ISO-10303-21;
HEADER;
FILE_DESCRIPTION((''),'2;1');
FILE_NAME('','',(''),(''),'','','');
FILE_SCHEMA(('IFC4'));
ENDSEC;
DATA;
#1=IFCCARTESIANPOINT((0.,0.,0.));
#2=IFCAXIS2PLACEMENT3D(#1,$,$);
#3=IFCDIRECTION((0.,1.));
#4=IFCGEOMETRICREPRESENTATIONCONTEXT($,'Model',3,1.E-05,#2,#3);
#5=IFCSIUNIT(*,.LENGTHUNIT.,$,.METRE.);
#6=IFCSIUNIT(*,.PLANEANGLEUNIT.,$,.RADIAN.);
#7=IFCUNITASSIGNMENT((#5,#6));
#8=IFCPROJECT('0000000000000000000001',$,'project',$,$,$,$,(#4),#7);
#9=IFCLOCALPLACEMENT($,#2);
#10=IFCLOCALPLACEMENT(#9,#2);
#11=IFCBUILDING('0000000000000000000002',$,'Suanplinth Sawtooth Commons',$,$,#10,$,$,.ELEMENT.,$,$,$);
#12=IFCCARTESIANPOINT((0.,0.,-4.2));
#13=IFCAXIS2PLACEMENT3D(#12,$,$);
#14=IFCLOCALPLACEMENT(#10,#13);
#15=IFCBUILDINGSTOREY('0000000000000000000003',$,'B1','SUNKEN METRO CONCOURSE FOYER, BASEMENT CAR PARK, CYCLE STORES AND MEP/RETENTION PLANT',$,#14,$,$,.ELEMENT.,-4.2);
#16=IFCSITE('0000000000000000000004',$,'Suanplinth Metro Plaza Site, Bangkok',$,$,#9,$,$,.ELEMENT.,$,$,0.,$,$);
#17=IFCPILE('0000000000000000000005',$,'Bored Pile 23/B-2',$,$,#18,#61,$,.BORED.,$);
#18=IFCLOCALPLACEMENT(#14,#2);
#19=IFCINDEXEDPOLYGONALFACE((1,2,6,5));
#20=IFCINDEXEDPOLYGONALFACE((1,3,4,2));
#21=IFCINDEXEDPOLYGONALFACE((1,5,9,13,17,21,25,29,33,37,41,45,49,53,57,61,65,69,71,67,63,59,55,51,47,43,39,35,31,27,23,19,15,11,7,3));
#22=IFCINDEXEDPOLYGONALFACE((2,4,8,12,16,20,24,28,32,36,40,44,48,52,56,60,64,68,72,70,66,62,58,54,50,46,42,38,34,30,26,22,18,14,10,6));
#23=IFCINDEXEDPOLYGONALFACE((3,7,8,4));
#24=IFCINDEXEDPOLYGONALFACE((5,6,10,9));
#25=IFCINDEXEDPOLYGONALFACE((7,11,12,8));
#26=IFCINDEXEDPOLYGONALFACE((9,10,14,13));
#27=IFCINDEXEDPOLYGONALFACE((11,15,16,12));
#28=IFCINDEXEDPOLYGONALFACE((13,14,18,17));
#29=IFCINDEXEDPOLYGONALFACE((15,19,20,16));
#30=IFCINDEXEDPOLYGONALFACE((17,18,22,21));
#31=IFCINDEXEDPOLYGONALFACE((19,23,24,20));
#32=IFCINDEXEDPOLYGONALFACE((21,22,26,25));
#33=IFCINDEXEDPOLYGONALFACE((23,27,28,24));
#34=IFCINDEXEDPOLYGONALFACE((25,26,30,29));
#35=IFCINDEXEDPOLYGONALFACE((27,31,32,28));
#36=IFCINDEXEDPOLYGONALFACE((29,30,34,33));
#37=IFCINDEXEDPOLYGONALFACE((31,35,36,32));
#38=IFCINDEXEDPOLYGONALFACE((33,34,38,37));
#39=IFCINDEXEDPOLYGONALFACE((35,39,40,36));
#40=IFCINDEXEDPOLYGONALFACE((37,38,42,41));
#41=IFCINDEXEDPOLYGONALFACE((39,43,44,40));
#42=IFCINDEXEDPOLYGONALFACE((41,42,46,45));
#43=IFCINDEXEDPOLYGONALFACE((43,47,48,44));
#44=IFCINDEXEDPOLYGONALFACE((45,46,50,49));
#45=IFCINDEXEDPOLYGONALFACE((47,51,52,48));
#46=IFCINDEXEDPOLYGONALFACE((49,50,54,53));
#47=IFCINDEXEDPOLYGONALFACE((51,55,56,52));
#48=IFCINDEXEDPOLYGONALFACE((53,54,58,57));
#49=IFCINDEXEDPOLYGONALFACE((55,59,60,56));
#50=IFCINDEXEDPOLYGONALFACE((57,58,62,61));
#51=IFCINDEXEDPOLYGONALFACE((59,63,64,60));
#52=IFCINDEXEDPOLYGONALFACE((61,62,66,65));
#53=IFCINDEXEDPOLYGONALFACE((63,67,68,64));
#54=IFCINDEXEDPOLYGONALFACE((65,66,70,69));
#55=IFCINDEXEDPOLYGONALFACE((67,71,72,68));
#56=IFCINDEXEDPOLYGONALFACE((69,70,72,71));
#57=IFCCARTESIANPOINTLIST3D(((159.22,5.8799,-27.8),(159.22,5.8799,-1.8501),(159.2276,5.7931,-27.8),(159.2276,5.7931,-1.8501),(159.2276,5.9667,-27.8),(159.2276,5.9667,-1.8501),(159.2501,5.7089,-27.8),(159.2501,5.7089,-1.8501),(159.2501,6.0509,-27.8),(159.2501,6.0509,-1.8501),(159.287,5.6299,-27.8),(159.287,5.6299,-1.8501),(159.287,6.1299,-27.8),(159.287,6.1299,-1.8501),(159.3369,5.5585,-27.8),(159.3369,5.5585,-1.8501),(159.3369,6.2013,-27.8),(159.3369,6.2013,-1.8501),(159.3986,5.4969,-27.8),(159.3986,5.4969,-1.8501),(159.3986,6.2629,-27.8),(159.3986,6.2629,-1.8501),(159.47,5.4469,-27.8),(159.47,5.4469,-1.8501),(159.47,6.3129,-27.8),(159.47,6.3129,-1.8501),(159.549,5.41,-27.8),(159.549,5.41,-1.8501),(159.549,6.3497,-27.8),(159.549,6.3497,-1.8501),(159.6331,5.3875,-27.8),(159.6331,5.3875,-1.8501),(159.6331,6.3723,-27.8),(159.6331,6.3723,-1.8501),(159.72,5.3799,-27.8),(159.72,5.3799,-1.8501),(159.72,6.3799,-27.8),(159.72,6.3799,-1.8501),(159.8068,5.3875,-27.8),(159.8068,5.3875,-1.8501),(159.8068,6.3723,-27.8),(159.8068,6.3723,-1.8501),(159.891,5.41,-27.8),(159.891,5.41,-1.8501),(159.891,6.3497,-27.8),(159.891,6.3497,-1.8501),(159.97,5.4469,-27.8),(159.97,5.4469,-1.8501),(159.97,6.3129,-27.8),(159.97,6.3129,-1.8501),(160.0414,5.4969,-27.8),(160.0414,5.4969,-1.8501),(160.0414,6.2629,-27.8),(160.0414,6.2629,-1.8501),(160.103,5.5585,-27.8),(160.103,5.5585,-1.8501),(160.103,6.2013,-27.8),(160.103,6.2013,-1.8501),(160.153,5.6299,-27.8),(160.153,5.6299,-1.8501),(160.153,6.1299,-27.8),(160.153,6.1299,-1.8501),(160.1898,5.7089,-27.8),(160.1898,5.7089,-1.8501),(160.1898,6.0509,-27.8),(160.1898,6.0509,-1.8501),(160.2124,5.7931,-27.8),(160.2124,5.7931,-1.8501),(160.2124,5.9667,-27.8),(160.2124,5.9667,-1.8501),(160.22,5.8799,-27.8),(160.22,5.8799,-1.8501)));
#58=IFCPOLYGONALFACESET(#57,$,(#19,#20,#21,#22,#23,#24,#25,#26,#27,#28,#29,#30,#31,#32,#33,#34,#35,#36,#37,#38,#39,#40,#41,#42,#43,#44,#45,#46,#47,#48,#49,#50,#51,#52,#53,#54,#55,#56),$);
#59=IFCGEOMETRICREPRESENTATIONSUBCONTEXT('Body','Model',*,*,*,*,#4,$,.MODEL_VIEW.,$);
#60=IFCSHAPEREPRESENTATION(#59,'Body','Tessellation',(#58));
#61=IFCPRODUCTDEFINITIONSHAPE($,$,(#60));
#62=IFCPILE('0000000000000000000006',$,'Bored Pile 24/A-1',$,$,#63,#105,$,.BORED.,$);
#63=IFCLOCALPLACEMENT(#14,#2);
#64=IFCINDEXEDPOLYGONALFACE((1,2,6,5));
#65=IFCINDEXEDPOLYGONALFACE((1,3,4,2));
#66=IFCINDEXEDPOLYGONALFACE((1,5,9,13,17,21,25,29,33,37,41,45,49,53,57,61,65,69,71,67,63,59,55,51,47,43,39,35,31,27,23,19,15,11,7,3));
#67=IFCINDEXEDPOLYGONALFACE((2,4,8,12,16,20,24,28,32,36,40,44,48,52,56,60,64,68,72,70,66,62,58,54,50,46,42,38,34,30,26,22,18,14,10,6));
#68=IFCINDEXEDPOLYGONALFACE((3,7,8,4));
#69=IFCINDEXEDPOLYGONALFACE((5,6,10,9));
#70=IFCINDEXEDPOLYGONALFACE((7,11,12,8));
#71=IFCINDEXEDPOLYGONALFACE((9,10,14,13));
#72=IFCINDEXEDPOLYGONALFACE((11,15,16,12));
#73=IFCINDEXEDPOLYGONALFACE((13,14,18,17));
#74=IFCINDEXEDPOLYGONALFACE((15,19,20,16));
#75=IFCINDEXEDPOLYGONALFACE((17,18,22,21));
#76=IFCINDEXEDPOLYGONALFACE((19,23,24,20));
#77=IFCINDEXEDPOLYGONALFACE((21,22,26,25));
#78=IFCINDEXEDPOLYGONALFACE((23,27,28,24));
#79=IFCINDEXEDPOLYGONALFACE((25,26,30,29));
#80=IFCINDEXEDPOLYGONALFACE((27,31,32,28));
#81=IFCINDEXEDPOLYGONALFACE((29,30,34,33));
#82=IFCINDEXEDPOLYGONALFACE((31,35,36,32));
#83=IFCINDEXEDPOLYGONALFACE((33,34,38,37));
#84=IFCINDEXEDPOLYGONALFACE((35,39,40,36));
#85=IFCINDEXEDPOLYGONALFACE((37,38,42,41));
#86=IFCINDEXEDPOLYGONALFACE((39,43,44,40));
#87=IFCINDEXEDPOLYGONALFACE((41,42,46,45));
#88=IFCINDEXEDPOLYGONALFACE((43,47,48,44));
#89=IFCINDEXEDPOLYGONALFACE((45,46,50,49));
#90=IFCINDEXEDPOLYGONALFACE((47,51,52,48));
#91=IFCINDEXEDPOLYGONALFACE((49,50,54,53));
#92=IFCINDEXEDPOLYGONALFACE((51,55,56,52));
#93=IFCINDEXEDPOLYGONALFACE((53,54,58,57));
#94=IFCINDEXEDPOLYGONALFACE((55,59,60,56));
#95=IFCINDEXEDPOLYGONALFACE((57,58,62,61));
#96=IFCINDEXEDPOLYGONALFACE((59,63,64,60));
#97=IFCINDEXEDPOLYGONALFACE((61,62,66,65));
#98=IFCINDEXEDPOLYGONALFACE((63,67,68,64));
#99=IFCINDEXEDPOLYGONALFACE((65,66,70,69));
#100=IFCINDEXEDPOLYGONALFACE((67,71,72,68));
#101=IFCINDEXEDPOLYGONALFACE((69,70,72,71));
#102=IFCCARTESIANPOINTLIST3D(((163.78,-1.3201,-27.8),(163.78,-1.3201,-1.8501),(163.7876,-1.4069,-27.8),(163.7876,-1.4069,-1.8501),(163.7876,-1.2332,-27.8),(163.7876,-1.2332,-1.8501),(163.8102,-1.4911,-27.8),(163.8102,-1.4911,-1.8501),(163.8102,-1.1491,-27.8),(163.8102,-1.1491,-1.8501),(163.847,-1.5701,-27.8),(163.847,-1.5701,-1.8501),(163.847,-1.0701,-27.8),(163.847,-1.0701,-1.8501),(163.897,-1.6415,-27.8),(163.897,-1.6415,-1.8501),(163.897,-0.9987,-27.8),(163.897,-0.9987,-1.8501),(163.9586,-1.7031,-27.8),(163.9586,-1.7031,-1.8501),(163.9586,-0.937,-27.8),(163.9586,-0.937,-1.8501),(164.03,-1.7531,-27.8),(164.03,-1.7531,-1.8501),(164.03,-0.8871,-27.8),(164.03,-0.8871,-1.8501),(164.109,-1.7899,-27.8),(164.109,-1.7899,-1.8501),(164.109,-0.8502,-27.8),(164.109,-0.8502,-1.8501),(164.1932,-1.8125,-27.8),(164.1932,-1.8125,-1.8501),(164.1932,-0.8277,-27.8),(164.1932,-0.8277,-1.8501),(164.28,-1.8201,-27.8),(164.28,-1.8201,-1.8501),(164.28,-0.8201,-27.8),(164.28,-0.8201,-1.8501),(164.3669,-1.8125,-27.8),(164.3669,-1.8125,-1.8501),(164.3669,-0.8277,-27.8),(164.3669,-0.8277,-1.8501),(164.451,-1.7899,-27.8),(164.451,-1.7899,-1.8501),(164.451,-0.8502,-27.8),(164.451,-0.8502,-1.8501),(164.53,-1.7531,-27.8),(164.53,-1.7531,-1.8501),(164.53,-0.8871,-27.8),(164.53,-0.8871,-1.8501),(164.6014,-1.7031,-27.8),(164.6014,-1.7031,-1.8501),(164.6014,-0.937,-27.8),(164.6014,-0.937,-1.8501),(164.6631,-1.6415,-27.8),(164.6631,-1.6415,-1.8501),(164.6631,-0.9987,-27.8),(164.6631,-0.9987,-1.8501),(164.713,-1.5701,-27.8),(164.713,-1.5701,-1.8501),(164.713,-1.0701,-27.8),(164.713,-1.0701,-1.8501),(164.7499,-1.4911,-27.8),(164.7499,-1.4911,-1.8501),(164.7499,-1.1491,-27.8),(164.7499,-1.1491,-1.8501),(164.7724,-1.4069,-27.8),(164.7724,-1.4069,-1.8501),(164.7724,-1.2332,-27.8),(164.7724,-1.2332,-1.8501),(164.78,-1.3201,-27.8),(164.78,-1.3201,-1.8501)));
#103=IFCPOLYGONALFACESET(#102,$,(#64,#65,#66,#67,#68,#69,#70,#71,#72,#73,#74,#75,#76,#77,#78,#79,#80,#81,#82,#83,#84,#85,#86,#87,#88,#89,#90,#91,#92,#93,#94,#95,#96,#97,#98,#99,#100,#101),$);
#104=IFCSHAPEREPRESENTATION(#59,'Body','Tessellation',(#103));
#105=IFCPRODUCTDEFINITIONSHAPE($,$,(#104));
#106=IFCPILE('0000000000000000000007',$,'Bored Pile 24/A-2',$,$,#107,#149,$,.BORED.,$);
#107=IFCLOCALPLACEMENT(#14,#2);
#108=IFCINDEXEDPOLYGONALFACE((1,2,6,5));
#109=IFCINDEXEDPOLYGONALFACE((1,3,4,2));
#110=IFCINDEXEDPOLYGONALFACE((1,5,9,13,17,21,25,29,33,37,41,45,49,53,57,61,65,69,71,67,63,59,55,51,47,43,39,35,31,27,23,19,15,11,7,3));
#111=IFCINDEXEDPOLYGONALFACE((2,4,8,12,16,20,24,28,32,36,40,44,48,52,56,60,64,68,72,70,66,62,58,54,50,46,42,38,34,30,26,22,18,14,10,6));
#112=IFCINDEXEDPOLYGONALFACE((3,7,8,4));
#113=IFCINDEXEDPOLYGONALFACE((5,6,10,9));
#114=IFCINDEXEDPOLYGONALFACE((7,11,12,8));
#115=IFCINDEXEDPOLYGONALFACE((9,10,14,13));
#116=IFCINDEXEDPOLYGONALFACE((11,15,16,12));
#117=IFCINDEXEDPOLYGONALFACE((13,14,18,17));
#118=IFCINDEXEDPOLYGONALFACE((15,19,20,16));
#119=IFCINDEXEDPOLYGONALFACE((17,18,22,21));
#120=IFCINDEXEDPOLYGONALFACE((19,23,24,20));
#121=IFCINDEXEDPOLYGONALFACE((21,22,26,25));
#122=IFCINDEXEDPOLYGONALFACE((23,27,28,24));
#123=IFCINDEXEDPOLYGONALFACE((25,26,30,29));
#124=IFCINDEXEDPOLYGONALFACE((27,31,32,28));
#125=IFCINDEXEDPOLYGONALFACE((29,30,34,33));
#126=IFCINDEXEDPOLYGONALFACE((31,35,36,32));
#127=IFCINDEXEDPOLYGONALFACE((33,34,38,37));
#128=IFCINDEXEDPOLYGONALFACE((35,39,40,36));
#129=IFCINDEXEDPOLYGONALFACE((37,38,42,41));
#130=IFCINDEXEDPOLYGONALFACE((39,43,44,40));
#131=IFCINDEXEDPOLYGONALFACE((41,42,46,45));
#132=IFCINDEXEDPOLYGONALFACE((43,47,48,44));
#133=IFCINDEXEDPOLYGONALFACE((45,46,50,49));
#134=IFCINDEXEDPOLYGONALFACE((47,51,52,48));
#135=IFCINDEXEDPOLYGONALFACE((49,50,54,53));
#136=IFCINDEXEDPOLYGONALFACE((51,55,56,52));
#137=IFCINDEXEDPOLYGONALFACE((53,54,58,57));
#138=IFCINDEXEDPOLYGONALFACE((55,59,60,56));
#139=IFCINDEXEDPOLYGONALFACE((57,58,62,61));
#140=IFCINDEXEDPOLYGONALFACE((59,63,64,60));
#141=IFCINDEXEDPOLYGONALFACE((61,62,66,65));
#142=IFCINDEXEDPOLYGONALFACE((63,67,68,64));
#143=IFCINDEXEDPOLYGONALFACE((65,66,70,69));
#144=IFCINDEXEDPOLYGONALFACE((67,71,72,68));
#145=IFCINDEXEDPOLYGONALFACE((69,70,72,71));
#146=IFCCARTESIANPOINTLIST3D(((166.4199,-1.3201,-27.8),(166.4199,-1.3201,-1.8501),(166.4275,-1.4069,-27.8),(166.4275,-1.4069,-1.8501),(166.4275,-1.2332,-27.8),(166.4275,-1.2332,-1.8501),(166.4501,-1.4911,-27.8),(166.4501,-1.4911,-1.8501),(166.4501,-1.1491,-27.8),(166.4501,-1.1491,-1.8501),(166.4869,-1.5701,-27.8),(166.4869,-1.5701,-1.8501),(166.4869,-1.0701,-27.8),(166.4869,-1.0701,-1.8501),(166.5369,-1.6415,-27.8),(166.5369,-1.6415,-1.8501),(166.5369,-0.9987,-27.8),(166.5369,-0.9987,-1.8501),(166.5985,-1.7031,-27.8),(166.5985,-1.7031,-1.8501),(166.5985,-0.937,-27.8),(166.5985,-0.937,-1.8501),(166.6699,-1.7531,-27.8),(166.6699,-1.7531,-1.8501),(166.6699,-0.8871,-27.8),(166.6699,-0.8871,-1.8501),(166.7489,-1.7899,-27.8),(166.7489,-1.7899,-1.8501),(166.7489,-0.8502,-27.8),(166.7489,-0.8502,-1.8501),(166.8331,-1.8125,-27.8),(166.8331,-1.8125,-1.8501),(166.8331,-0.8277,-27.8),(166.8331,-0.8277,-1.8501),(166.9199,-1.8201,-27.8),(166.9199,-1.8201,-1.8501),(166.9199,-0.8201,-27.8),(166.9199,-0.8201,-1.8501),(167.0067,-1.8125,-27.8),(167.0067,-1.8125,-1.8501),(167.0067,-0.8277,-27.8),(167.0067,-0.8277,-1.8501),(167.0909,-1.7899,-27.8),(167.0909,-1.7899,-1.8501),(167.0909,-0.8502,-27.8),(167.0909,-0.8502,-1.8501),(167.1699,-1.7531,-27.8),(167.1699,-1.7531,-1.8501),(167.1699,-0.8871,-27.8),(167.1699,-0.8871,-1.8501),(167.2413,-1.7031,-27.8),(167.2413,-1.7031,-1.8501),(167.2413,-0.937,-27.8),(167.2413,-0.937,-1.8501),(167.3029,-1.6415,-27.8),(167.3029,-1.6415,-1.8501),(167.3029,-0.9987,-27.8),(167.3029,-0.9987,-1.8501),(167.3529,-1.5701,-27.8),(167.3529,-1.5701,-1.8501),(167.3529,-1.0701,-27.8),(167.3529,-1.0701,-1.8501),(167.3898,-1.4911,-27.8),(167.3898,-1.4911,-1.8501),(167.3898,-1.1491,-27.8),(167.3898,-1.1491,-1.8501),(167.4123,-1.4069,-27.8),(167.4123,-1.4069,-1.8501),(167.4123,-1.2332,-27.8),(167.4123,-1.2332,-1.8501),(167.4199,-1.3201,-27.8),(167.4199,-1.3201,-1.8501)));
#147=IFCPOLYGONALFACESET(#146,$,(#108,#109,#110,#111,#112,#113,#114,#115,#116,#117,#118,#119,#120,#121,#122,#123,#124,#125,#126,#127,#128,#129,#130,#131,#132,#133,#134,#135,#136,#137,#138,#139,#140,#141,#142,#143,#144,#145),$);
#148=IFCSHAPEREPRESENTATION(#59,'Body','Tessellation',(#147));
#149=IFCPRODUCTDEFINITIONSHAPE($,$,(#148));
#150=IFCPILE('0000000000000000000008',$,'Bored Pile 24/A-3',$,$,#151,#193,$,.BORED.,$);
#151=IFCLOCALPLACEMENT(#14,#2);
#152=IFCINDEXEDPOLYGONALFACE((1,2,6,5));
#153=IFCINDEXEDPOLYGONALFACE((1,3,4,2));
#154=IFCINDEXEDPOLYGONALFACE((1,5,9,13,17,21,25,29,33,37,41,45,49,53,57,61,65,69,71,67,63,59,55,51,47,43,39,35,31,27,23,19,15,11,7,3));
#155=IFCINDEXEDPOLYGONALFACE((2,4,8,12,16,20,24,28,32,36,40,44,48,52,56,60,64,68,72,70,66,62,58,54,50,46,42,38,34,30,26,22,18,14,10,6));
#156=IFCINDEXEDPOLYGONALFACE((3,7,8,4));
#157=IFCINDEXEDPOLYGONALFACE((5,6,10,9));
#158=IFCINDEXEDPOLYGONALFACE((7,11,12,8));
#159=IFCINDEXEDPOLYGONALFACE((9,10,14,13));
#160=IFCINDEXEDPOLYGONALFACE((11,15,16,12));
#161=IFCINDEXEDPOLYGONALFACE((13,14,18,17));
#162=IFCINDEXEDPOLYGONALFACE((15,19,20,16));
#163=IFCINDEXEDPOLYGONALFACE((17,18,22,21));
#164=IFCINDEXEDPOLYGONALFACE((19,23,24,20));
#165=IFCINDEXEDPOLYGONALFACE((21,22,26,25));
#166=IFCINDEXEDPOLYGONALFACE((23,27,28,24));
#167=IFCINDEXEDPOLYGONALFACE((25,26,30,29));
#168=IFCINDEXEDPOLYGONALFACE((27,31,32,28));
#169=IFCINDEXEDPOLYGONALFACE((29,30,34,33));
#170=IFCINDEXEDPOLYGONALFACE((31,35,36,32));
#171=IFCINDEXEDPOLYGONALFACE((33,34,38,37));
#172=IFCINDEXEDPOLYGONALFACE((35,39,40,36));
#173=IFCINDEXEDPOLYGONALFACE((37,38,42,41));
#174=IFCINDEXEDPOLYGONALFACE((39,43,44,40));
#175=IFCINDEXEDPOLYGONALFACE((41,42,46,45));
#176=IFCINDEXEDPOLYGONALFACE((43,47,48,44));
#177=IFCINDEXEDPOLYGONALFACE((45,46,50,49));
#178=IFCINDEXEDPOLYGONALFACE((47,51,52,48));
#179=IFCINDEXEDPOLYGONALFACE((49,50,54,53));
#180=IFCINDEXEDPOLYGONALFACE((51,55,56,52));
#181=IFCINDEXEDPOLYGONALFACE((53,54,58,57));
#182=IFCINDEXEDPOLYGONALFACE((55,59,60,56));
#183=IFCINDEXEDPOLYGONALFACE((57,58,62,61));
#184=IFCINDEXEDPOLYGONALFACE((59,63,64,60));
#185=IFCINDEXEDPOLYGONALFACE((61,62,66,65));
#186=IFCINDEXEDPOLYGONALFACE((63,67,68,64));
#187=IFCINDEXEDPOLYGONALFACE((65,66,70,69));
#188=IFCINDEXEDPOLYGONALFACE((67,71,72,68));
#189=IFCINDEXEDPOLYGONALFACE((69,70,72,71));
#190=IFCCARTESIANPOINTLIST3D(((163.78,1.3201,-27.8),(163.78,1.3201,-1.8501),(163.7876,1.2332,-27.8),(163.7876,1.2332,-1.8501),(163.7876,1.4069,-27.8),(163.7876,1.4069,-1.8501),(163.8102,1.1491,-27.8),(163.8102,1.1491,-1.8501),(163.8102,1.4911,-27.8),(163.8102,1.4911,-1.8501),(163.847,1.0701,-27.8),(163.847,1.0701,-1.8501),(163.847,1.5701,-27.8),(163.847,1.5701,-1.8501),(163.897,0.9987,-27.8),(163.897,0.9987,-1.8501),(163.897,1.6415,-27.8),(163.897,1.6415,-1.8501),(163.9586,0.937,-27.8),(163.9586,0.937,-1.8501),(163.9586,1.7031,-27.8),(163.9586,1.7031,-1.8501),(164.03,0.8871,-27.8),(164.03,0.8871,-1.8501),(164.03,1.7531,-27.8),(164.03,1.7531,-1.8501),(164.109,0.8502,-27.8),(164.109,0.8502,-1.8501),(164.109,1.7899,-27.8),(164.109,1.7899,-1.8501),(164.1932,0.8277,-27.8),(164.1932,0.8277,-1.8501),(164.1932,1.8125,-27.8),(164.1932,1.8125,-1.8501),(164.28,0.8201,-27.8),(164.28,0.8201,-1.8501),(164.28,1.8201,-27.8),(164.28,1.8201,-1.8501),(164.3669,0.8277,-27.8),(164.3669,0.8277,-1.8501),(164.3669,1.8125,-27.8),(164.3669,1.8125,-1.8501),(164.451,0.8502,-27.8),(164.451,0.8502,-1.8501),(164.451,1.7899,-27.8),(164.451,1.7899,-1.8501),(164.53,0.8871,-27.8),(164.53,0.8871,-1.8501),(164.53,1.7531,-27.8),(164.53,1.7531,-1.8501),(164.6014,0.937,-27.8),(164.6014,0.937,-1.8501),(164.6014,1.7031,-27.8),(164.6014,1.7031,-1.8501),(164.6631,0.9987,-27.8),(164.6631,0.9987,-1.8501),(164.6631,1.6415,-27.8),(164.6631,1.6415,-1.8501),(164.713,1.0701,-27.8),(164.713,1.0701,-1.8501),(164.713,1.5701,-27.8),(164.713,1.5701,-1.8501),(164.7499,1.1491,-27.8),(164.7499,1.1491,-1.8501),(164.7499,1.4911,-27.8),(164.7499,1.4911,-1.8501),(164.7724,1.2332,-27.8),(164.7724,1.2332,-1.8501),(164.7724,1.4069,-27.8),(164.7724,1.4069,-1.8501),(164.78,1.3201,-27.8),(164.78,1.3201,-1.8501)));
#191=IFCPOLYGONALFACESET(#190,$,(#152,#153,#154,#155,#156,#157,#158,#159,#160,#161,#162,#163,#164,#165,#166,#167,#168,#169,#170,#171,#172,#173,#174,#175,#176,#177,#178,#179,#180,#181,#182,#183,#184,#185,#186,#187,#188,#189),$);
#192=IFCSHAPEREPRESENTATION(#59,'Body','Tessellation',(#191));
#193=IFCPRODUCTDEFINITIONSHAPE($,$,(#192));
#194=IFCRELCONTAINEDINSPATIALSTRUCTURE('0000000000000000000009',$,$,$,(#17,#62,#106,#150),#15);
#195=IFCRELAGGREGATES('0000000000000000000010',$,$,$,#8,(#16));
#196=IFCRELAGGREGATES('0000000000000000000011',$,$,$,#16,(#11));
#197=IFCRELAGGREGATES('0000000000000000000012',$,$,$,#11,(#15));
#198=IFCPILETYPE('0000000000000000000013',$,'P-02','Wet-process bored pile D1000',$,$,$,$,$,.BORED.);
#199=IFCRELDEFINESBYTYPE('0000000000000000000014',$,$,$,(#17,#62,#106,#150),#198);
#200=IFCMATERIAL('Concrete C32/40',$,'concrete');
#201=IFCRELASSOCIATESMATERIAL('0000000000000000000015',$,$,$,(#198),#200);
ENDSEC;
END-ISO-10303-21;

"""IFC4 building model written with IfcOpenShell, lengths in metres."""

from ifc_helpers import new_model, si_unit, direction, frame, origin, origin_2d, place, context, subcontext, project, spatial, circle, extrude, material, material_profile, profile_set, type_object, element, save


model = new_model("IFC4")

# Units and contexts
model_context = context("Model", 3, precision=1e-05, world=origin(), true_north=direction((0.0, 1.0)))
body_context = subcontext(model_context, "Body", "Model", "MODEL_VIEW")
ifc_project = project(units=[si_unit("LENGTHUNIT", "METRE"), si_unit("PLANEANGLEUNIT", "RADIAN")], contexts=[model_context])

# Site, building, storey
site_placement = place(None, origin())
site = spatial("IfcSite", under=ifc_project, at=site_placement, Name="Suanplinth Metro Plaza Site, Bangkok", CompositionType="ELEMENT", RefElevation=0.0)
building_placement = place(site_placement, origin())
building = spatial("IfcBuilding", under=site, at=building_placement, Name="Suanplinth Sawtooth Commons", CompositionType="ELEMENT")
storey_placement = place(building_placement, frame((0.0, 0.0, -4.2)))
storey = spatial("IfcBuildingStorey", under=building, at=storey_placement, Name="B1", Description="SUNKEN METRO CONCOURSE FOYER, BASEMENT CAR PARK, CYCLE STORES AND MEP/RETENTION PLANT", CompositionType="ELEMENT", Elevation=-4.2)

# Piles
ifc_material_1 = material(Name="Concrete C32/40", Category="concrete")
ifc_material_profile_1 = material_profile(ifc_material_1, circle(Radius=0.5, at=origin_2d()), Name="PILE D1000")
ifc_profile_set_1 = profile_set([ifc_material_profile_1], Name="Concrete C32/40")
pile_type = type_object("IfcPileType", Name="P-02", Description="Wet-process bored pile D1000", PredefinedType="BORED", material=ifc_profile_set_1)
for number, where, z_axis, x_axis, name in (
    (1, (159.72, 5.8799, -1.8501), (0.0, 0.0, -1.0), (1.0, 0.0, 0.0), "Bored Pile 23/B-2"),
    (2, (164.28, -1.3201, -1.8501), (0.0, 0.0, -1.0), (1.0, 0.0, 0.0), "Bored Pile 24/A-1"),
    (3, (166.9199, -1.3201, -1.8501), (0.0, 0.0, -1.0), (1.0, 0.0, 0.0), "Bored Pile 24/A-2"),
    (4, (164.28, 1.3201, -1.8501), (0.0, 0.0, -1.0), (1.0, 0.0, 0.0), "Bored Pile 24/A-3"),
):
    element("IfcPile", number, at=place(storey_placement, frame(where, z_axis=z_axis, x_axis=x_axis)), inside=storey, type_object=pile_type, Name=name, PredefinedType="BORED", context=body_context, shape_type="SweptSolid", body=[
        extrude(circle(Radius=0.5, at=origin_2d()), origin(), (0.0, 0.0, 1.0), 25.95),
    ])

save(model, "model.ifc")
